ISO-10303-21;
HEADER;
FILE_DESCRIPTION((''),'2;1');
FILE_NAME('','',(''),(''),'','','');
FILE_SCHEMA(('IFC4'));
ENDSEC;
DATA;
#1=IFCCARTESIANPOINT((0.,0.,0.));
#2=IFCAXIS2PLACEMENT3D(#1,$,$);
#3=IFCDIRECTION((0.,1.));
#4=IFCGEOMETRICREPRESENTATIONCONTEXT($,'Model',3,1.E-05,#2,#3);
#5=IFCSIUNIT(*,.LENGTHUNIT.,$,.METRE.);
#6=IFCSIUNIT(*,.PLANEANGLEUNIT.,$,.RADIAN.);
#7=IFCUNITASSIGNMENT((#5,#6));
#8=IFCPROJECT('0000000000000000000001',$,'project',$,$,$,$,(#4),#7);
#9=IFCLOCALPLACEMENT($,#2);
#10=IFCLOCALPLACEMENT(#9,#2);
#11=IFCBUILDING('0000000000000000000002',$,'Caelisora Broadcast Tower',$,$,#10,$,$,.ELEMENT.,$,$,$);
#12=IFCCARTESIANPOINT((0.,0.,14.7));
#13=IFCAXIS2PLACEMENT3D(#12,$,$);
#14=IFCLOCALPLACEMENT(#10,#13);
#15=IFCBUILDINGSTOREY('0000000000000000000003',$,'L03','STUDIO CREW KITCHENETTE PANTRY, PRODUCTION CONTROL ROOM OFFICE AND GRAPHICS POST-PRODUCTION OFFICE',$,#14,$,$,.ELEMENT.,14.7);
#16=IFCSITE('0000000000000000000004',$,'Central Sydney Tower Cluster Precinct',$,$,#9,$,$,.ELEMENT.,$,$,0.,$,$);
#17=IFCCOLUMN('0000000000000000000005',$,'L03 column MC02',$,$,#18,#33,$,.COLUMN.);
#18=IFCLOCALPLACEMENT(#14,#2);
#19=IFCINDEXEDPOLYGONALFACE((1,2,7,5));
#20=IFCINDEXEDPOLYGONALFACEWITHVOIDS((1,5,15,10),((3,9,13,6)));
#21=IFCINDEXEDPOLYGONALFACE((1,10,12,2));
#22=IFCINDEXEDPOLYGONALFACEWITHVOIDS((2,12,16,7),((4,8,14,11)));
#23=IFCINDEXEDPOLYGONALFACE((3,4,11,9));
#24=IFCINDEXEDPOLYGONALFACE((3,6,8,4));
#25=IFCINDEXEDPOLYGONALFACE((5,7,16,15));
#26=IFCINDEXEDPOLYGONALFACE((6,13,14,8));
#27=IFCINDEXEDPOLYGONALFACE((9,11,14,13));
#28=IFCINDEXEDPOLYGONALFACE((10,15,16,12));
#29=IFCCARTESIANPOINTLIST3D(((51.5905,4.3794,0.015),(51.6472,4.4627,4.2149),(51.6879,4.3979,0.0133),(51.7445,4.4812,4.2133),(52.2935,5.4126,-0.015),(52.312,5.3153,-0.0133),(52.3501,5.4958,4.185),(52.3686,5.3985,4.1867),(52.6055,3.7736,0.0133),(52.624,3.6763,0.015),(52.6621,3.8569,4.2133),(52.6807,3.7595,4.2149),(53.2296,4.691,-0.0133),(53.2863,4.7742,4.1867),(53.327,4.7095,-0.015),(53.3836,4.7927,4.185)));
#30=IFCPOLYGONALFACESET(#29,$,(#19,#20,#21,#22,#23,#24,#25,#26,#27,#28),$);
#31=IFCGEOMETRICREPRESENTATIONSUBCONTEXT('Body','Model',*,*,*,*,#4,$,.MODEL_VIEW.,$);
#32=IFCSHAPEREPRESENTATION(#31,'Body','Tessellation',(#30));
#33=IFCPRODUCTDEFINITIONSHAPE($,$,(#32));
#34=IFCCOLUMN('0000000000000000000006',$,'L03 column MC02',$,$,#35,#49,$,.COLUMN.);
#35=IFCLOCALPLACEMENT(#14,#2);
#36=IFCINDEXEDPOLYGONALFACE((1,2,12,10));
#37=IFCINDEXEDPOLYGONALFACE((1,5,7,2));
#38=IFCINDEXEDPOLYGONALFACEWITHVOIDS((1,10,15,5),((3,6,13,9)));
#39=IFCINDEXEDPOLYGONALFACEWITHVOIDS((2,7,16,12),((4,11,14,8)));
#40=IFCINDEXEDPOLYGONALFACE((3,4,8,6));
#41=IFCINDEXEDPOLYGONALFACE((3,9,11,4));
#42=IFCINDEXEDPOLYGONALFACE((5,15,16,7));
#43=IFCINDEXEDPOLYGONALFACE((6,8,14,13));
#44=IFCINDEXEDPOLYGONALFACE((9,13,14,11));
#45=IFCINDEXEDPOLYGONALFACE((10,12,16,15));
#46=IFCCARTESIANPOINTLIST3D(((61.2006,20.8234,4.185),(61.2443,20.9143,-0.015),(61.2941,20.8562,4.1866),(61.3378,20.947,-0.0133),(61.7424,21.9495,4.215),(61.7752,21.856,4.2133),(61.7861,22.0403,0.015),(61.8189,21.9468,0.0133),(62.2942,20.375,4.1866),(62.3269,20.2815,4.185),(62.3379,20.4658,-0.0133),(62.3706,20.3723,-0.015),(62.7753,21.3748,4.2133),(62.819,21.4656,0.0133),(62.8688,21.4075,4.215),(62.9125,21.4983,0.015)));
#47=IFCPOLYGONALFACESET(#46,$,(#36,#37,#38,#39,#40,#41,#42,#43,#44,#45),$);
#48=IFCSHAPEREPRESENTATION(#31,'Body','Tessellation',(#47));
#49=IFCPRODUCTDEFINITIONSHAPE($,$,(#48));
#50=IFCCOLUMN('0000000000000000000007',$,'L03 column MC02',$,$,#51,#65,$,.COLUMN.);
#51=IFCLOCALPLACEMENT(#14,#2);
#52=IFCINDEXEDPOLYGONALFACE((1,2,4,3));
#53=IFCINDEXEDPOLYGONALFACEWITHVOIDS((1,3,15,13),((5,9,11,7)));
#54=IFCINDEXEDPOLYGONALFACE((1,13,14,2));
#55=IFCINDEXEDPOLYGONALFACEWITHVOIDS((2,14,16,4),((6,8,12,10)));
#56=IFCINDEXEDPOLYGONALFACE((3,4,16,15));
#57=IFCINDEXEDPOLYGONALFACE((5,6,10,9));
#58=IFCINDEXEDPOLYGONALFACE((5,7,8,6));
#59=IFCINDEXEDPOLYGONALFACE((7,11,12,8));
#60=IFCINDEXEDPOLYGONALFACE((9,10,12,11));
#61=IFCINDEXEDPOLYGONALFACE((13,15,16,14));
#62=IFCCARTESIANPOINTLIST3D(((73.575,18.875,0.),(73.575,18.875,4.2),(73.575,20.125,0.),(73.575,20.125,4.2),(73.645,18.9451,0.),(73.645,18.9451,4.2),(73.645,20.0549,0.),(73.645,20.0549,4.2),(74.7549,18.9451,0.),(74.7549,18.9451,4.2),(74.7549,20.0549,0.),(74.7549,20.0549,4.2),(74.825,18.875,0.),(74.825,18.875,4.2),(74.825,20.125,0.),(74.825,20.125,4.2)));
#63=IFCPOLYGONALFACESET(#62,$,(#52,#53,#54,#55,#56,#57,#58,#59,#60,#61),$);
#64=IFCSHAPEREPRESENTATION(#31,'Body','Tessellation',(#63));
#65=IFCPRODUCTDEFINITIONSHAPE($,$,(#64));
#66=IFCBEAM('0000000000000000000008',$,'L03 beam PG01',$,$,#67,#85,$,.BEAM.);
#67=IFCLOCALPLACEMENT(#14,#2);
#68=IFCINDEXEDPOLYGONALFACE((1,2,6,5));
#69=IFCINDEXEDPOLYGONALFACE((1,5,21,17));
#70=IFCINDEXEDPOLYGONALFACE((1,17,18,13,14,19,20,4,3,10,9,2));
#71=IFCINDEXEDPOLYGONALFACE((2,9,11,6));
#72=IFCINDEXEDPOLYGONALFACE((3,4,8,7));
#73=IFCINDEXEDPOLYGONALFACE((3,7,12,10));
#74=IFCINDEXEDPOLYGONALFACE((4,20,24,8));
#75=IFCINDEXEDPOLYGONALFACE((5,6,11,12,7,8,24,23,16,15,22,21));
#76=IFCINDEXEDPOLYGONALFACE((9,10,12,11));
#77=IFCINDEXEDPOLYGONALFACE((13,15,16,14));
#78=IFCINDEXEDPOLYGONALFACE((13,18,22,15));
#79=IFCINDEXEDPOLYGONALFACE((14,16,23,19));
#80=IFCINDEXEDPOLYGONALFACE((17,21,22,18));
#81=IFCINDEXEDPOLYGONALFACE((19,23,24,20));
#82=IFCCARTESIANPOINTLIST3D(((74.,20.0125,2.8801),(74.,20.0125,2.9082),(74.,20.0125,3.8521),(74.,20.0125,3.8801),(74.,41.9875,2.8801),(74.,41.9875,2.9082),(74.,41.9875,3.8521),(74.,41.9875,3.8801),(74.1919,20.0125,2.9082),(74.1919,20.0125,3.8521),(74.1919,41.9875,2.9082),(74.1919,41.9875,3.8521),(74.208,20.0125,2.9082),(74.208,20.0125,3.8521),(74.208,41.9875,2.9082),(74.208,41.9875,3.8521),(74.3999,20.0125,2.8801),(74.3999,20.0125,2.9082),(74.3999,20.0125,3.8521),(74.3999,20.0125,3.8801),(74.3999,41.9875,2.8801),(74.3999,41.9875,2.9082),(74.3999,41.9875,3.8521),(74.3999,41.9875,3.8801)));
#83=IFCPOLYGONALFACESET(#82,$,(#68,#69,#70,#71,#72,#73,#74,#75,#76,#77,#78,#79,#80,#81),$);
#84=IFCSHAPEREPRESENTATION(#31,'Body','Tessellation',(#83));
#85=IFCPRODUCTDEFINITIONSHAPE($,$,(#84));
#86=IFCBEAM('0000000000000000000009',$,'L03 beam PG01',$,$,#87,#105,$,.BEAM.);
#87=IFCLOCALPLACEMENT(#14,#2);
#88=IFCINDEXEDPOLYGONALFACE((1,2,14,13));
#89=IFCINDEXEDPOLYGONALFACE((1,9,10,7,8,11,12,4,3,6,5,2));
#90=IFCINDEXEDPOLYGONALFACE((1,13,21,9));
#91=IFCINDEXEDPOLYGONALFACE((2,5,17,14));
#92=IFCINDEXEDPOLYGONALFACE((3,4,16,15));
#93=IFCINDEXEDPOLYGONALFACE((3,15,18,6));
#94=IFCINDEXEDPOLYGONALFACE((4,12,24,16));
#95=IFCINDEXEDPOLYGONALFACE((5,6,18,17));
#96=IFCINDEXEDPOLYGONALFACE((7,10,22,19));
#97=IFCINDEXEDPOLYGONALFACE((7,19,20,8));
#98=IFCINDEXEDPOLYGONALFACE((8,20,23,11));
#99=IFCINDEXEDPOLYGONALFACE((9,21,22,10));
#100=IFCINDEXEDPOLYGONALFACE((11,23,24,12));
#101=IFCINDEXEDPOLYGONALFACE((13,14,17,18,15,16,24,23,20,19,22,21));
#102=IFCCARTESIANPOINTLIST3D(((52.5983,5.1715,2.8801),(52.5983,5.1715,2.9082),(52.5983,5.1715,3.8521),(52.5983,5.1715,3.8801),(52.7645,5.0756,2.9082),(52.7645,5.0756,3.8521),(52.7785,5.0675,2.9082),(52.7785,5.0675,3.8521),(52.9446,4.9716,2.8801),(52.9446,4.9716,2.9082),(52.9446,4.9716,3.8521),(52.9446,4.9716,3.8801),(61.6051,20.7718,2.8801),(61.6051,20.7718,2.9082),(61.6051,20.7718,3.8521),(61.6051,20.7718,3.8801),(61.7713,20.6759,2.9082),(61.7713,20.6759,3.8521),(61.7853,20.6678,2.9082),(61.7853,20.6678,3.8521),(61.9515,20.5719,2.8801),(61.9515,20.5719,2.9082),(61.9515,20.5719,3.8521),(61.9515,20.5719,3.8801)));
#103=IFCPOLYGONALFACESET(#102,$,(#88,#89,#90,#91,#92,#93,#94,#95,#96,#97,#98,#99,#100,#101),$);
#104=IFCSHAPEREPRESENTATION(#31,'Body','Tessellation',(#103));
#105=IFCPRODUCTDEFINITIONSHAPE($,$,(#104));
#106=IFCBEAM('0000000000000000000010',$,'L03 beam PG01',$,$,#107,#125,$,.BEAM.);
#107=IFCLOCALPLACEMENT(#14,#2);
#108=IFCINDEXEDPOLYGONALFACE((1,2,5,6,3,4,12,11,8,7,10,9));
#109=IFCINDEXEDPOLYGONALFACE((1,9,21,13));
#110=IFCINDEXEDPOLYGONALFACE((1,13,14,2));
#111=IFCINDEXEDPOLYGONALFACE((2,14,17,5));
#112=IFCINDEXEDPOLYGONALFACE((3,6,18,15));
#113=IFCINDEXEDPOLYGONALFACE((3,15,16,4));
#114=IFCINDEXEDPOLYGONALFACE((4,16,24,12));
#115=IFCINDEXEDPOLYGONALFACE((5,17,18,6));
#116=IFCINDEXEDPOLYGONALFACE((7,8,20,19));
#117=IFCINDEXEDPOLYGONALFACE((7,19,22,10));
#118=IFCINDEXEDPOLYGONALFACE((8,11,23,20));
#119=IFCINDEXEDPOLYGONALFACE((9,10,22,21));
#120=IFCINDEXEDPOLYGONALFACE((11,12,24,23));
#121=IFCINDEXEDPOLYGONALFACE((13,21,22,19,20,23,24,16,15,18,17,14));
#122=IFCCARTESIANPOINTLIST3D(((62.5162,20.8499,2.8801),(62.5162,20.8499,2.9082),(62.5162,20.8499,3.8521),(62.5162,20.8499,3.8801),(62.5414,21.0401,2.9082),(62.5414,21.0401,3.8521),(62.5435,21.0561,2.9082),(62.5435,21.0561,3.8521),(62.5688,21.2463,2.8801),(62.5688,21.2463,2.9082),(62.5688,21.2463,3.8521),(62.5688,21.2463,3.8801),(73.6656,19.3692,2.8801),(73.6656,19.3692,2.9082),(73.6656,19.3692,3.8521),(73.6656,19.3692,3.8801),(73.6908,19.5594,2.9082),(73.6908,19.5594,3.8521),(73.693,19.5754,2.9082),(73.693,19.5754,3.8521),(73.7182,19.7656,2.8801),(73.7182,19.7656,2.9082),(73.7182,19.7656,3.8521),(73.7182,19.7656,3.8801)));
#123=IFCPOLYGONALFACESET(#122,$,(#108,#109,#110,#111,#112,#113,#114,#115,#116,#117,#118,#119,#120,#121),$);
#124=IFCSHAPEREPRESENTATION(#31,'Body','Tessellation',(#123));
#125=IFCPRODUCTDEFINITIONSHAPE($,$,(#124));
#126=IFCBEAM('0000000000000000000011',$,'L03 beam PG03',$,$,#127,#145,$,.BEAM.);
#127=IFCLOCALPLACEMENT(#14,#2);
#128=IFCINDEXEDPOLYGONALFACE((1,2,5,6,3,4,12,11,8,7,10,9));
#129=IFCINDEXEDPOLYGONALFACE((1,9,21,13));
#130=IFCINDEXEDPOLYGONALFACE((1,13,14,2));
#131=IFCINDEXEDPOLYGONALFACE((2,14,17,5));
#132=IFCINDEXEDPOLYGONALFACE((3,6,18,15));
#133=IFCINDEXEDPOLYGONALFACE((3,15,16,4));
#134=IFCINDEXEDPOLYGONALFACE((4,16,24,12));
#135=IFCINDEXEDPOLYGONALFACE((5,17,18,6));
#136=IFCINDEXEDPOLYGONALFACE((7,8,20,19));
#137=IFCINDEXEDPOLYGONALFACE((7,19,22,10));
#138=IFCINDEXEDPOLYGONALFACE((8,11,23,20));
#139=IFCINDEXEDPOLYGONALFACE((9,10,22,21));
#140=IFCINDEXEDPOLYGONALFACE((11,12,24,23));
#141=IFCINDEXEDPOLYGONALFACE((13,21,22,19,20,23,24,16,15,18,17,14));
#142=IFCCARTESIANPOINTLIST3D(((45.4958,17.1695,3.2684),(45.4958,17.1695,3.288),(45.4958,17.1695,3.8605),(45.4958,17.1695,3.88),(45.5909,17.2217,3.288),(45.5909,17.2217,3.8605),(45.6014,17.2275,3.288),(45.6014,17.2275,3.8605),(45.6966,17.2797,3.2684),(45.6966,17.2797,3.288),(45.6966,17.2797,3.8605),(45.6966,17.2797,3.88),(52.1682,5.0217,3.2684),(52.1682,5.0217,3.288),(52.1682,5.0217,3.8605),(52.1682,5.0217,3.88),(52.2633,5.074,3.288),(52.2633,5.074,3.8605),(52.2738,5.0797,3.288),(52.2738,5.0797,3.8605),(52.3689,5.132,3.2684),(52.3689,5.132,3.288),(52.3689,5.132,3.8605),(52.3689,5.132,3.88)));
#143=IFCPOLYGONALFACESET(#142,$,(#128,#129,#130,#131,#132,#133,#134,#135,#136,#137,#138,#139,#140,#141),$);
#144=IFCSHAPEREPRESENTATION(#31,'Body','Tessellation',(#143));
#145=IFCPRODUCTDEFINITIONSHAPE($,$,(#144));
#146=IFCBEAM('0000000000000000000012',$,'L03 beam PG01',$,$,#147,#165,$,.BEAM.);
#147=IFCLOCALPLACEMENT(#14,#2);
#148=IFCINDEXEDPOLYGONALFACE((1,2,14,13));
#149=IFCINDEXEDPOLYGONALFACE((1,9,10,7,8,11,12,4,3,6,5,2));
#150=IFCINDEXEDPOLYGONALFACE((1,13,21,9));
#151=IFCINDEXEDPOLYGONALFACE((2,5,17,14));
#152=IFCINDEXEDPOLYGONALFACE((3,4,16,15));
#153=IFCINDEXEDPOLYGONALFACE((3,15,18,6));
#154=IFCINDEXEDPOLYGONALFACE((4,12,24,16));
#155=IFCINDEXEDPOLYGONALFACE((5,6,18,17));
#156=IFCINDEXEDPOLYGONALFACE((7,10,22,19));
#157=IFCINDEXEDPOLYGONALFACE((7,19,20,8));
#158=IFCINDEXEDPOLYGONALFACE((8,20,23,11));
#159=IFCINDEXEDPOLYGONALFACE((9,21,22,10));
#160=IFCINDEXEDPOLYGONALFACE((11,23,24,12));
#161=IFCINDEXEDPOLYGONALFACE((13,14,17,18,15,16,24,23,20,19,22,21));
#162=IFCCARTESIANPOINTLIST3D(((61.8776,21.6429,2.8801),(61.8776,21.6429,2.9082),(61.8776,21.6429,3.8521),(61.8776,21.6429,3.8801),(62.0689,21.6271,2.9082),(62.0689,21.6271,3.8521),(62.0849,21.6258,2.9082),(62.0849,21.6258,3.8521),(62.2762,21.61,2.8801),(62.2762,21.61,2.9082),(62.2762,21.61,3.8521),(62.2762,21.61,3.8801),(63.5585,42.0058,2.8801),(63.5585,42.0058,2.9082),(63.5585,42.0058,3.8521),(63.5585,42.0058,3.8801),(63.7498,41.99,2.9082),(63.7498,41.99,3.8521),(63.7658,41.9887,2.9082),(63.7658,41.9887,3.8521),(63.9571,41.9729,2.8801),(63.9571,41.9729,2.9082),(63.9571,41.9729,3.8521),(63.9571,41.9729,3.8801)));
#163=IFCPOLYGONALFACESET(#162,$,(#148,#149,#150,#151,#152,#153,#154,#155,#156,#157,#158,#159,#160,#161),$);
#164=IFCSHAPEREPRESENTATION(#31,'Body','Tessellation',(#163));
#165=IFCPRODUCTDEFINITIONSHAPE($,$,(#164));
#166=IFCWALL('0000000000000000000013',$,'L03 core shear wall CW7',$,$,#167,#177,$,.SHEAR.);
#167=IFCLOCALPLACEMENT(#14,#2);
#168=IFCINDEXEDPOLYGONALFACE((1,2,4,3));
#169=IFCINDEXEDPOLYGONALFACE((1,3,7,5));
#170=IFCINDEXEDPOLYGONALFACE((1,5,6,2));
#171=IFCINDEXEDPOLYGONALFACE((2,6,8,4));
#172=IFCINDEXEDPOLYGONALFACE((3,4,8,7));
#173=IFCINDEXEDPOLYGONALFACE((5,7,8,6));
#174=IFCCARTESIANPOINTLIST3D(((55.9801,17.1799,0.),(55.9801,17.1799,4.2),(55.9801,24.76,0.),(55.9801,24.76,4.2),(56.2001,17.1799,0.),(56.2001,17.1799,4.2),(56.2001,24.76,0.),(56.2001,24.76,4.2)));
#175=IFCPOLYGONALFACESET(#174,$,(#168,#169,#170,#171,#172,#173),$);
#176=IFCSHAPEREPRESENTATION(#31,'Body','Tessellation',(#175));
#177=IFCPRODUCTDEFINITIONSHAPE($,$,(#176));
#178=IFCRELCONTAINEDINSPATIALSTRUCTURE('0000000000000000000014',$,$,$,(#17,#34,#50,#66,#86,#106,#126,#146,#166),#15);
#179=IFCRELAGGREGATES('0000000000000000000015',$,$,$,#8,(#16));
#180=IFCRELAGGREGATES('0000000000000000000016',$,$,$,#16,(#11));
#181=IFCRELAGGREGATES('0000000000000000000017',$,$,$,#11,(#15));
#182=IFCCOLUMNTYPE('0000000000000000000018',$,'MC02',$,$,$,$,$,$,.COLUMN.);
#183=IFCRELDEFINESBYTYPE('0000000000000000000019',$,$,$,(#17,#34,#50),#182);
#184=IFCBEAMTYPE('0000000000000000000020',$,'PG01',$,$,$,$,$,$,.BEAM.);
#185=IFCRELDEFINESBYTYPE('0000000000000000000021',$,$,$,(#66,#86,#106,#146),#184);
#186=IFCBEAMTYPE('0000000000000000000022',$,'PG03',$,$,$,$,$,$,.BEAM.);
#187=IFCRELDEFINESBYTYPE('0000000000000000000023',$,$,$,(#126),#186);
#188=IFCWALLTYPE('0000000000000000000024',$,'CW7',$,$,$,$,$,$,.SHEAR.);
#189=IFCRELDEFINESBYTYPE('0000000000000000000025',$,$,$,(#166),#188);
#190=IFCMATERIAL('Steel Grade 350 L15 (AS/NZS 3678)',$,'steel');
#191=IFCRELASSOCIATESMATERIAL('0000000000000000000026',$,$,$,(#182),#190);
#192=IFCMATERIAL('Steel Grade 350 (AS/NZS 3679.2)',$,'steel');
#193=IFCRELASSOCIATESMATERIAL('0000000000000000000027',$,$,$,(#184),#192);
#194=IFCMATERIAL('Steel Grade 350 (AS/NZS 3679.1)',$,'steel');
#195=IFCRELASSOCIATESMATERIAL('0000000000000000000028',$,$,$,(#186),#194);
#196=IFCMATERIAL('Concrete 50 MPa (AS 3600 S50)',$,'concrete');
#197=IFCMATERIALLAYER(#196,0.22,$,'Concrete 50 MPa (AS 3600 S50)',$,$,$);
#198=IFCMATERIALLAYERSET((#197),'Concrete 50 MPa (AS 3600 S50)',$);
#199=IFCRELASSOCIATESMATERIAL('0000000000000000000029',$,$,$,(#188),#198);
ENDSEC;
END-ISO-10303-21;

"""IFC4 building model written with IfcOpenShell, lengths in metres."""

from ifc_helpers import new_model, si_unit, direction, frame, frame_2d, origin, origin_2d, place, context, subcontext, project, spatial, rectangle, hollow_rectangle, i_section, extrude, source, transform, mapped, material, layer, layer_set, material_profile, profile_set, type_object, type_shapes, element, save


model = new_model("IFC4")

# Units and contexts
model_context = context("Model", 3, precision=1e-05, world=origin(), true_north=direction((0.0, 1.0)))
body_context = subcontext(model_context, "Body", "Model", "MODEL_VIEW")
ifc_project = project(units=[si_unit("LENGTHUNIT", "METRE"), si_unit("PLANEANGLEUNIT", "RADIAN")], contexts=[model_context])

# Site, building, storey
site_placement = place(None, origin())
site = spatial("IfcSite", under=ifc_project, at=site_placement, Name="Central Sydney Tower Cluster Precinct", CompositionType="ELEMENT", RefElevation=0.0)
building_placement = place(site_placement, origin())
building = spatial("IfcBuilding", under=site, at=building_placement, Name="Caelisora Broadcast Tower", CompositionType="ELEMENT")
storey_placement = place(building_placement, frame((0.0, 0.0, 14.7)))
storey = spatial("IfcBuildingStorey", under=building, at=storey_placement, Name="L03", Description="STUDIO CREW KITCHENETTE PANTRY, PRODUCTION CONTROL ROOM OFFICE AND GRAPHICS POST-PRODUCTION OFFICE", CompositionType="ELEMENT", Elevation=14.7)

# Columns
ifc_material_1 = material(Name="Steel Grade 350 L15 (AS/NZS 3678)", Category="steel")
ifc_material_profile_1 = material_profile(ifc_material_1, hollow_rectangle(XDim=1.25, YDim=1.25, WallThickness=0.0701, at=origin_2d()), Name="Steel Grade 350 L15 (AS/NZS 3678)")
ifc_profile_set_1 = profile_set([ifc_material_profile_1], Name="Steel Grade 350 L15 (AS/NZS 3678)")
column_type = type_object("IfcColumnType", Name="MC02", PredefinedType="COLUMN", material=ifc_profile_set_1)
shared_shape_1 = source(origin(), body_context, "Body", "SweptSolid", [
    extrude(hollow_rectangle(XDim=1.25, YDim=1.25, WallThickness=0.0701, at=origin_2d()), origin(), (0.0, 0.0, 1.0), 4.2012),
])
for number, where, z_axis, x_axis, name in (
    (1, (52.4587, 4.5444, 0.0), (0.013482, 0.019816, 0.999713), (-0.826791, 0.562509, 0.0), "L03 column MC02"),
    (2, (62.0784, 21.2063, 0.0), (-0.010402, -0.021618, 0.999712), (0.901107, -0.433597, 0.0), "L03 column MC02"),
):
    element("IfcColumn", number, at=place(storey_placement, frame(where, z_axis=z_axis, x_axis=x_axis)), inside=storey, type_object=column_type, Name=name, PredefinedType="COLUMN", context=body_context, shape_type="MappedRepresentation", body=[
        mapped(shared_shape_1, transform((0.0, 0.0, 0.0), scale=1.0)),
    ])
shared_shape_2 = source(origin(), body_context, "Body", "SweptSolid", [
    extrude(hollow_rectangle(XDim=1.25, YDim=1.25, WallThickness=0.0701, at=origin_2d()), origin(), (0.0, 0.0, 1.0), 4.2),
])
type_shapes(column_type, [shared_shape_1, shared_shape_2])
column_placement = place(storey_placement, frame((74.2, 19.5, 0.0), z_axis=(0.0, 0.0, 1.0), x_axis=(1.0, 0.0, 0.0)))
element("IfcColumn", 3, at=column_placement, inside=storey, type_object=column_type, Name="L03 column MC02", PredefinedType="COLUMN", context=body_context, shape_type="MappedRepresentation", body=[
    mapped(shared_shape_2, transform((0.0, 0.0, 0.0), scale=1.0)),
])

# Beams
ifc_material_2 = material(Name="Steel Grade 350 (AS/NZS 3679.2)", Category="steel")
ifc_material_profile_2 = material_profile(ifc_material_2, i_section(OverallWidth=0.3999, OverallDepth=1.0, WebThickness=0.0161, FlangeThickness=0.0281, at=origin_2d()), Name="Steel Grade 350 (AS/NZS 3679.2)")
ifc_profile_set_2 = profile_set([ifc_material_profile_2], Name="Steel Grade 350 (AS/NZS 3679.2)")
beam_type_1 = type_object("IfcBeamType", Name="PG01", PredefinedType="BEAM", material=ifc_profile_set_2)
shared_shape_3 = source(origin(), body_context, "Body", "SweptSolid", [
    extrude(i_section(OverallWidth=0.3999, OverallDepth=1.0, WebThickness=0.0161, FlangeThickness=0.0281, at=origin_2d()), origin(), (0.0, 0.0, 1.0), 21.9751),
])
beam_1_placement = place(storey_placement, frame((74.2, 20.0125, 3.3801), z_axis=(0.0, 1.0, 0.0), x_axis=(-1.0, 0.0, 0.0)))
element("IfcBeam", 4, at=beam_1_placement, inside=storey, type_object=beam_type_1, Name="L03 beam PG01", PredefinedType="BEAM", context=body_context, shape_type="MappedRepresentation", body=[
    mapped(shared_shape_3, transform((0.0, 0.0, 0.0), scale=1.0)),
])
shared_shape_4 = source(origin(), body_context, "Body", "SweptSolid", [
    extrude(i_section(OverallWidth=0.3999, OverallDepth=1.0, WebThickness=0.0161, FlangeThickness=0.0281, at=origin_2d()), origin(), (0.0, 0.0, 1.0), 18.0137),
])
beam_2_placement = place(storey_placement, frame((52.7715, 5.0715, 3.3801), z_axis=(0.499999, 0.866026, 0.0), x_axis=(-0.866026, 0.499999, 0.0)))
element("IfcBeam", 5, at=beam_2_placement, inside=storey, type_object=beam_type_1, Name="L03 beam PG01", PredefinedType="BEAM", context=body_context, shape_type="MappedRepresentation", body=[
    mapped(shared_shape_4, transform((0.0, 0.0, 0.0), scale=1.0)),
])
shared_shape_5 = source(origin(), body_context, "Body", "SweptSolid", [
    extrude(i_section(OverallWidth=0.3999, OverallDepth=1.0, WebThickness=0.0161, FlangeThickness=0.0281, at=origin_2d()), origin(), (0.0, 0.0, 1.0), 11.2473),
])
beam_3_placement = place(storey_placement, frame((62.5425, 21.0481, 3.3801), z_axis=(0.991296, -0.13165, 0.0), x_axis=(0.13165, 0.991296, 0.0)))
element("IfcBeam", 6, at=beam_3_placement, inside=storey, type_object=beam_type_1, Name="L03 beam PG01", PredefinedType="BEAM", context=body_context, shape_type="MappedRepresentation", body=[
    mapped(shared_shape_5, transform((0.0, 0.0, 0.0), scale=1.0)),
])
ifc_material_3 = material(Name="Steel Grade 350 (AS/NZS 3679.1)", Category="steel")
ifc_material_profile_3 = material_profile(ifc_material_3, i_section(OverallWidth=0.229, OverallDepth=0.6116, WebThickness=0.012, FlangeThickness=0.0195, at=origin_2d()), Name="Steel Grade 350 (AS/NZS 3679.1)")
ifc_profile_set_3 = profile_set([ifc_material_profile_3], Name="Steel Grade 350 (AS/NZS 3679.1)")
beam_type_2 = type_object("IfcBeamType", Name="PG03", PredefinedType="BEAM", material=ifc_profile_set_3)
shared_shape_6 = source(origin(), body_context, "Body", "SweptSolid", [
    extrude(i_section(OverallWidth=0.229, OverallDepth=0.6116, WebThickness=0.012, FlangeThickness=0.0195, at=origin_2d()), origin(), (0.0, 0.0, 1.0), 13.8596),
])
type_shapes(beam_type_2, [shared_shape_6])
beam_4_placement = place(storey_placement, frame((45.5962, 17.2246, 3.5742), z_axis=(0.481427, -0.876486, 0.0), x_axis=(0.876486, 0.481427, 0.0)))
element("IfcBeam", 7, at=beam_4_placement, inside=storey, type_object=beam_type_2, Name="L03 beam PG03", PredefinedType="BEAM", context=body_context, shape_type="MappedRepresentation", body=[
    mapped(shared_shape_6, transform((0.0, 0.0, 0.0), scale=1.0)),
])
shared_shape_7 = source(origin(), body_context, "Body", "SweptSolid", [
    extrude(i_section(OverallWidth=0.3999, OverallDepth=1.0, WebThickness=0.0161, FlangeThickness=0.0281, at=origin_2d()), origin(), (0.0, 0.0, 1.0), 20.4321),
])
type_shapes(beam_type_1, [shared_shape_3, shared_shape_4, shared_shape_5, shared_shape_7])
beam_5_placement = place(storey_placement, frame((62.0769, 21.6265, 3.3801), z_axis=(0.082268, 0.99661, 0.0), x_axis=(-0.99661, 0.082268, 0.0)))
element("IfcBeam", 8, at=beam_5_placement, inside=storey, type_object=beam_type_1, Name="L03 beam PG01", PredefinedType="BEAM", context=body_context, shape_type="MappedRepresentation", body=[
    mapped(shared_shape_7, transform((0.0, 0.0, 0.0), scale=1.0)),
])

# Wall
ifc_material_4 = material(Name="Concrete 50 MPa (AS 3600 S50)", Category="concrete")
ifc_layer_1 = layer(ifc_material_4, 0.22, Name="Concrete 50 MPa (AS 3600 S50)")
ifc_layer_set_1 = layer_set([ifc_layer_1], Name="Concrete 50 MPa (AS 3600 S50)")
wall_type_1 = type_object("IfcWallType", Name="CW7", PredefinedType="SHEAR", material=ifc_layer_set_1)
for number, where, z_axis, x_axis, name in (
    (9, (56.0901, 17.1799, 0.0), (0.0, 0.0, 1.0), (0.0, 1.0, 0.0), "L03 core shear wall CW7"),
):
    element("IfcWall", number, at=place(storey_placement, frame(where, z_axis=z_axis, x_axis=x_axis)), inside=storey, type_object=wall_type_1, Name=name, PredefinedType="SHEAR", context=body_context, shape_type="SweptSolid", body=[
        extrude(rectangle(XDim=7.5801, YDim=0.22, at=frame_2d((3.79, 0.0))), origin(), (0.0, 0.0, 1.0), 4.2),
    ])

save(model, "model.ifc")
